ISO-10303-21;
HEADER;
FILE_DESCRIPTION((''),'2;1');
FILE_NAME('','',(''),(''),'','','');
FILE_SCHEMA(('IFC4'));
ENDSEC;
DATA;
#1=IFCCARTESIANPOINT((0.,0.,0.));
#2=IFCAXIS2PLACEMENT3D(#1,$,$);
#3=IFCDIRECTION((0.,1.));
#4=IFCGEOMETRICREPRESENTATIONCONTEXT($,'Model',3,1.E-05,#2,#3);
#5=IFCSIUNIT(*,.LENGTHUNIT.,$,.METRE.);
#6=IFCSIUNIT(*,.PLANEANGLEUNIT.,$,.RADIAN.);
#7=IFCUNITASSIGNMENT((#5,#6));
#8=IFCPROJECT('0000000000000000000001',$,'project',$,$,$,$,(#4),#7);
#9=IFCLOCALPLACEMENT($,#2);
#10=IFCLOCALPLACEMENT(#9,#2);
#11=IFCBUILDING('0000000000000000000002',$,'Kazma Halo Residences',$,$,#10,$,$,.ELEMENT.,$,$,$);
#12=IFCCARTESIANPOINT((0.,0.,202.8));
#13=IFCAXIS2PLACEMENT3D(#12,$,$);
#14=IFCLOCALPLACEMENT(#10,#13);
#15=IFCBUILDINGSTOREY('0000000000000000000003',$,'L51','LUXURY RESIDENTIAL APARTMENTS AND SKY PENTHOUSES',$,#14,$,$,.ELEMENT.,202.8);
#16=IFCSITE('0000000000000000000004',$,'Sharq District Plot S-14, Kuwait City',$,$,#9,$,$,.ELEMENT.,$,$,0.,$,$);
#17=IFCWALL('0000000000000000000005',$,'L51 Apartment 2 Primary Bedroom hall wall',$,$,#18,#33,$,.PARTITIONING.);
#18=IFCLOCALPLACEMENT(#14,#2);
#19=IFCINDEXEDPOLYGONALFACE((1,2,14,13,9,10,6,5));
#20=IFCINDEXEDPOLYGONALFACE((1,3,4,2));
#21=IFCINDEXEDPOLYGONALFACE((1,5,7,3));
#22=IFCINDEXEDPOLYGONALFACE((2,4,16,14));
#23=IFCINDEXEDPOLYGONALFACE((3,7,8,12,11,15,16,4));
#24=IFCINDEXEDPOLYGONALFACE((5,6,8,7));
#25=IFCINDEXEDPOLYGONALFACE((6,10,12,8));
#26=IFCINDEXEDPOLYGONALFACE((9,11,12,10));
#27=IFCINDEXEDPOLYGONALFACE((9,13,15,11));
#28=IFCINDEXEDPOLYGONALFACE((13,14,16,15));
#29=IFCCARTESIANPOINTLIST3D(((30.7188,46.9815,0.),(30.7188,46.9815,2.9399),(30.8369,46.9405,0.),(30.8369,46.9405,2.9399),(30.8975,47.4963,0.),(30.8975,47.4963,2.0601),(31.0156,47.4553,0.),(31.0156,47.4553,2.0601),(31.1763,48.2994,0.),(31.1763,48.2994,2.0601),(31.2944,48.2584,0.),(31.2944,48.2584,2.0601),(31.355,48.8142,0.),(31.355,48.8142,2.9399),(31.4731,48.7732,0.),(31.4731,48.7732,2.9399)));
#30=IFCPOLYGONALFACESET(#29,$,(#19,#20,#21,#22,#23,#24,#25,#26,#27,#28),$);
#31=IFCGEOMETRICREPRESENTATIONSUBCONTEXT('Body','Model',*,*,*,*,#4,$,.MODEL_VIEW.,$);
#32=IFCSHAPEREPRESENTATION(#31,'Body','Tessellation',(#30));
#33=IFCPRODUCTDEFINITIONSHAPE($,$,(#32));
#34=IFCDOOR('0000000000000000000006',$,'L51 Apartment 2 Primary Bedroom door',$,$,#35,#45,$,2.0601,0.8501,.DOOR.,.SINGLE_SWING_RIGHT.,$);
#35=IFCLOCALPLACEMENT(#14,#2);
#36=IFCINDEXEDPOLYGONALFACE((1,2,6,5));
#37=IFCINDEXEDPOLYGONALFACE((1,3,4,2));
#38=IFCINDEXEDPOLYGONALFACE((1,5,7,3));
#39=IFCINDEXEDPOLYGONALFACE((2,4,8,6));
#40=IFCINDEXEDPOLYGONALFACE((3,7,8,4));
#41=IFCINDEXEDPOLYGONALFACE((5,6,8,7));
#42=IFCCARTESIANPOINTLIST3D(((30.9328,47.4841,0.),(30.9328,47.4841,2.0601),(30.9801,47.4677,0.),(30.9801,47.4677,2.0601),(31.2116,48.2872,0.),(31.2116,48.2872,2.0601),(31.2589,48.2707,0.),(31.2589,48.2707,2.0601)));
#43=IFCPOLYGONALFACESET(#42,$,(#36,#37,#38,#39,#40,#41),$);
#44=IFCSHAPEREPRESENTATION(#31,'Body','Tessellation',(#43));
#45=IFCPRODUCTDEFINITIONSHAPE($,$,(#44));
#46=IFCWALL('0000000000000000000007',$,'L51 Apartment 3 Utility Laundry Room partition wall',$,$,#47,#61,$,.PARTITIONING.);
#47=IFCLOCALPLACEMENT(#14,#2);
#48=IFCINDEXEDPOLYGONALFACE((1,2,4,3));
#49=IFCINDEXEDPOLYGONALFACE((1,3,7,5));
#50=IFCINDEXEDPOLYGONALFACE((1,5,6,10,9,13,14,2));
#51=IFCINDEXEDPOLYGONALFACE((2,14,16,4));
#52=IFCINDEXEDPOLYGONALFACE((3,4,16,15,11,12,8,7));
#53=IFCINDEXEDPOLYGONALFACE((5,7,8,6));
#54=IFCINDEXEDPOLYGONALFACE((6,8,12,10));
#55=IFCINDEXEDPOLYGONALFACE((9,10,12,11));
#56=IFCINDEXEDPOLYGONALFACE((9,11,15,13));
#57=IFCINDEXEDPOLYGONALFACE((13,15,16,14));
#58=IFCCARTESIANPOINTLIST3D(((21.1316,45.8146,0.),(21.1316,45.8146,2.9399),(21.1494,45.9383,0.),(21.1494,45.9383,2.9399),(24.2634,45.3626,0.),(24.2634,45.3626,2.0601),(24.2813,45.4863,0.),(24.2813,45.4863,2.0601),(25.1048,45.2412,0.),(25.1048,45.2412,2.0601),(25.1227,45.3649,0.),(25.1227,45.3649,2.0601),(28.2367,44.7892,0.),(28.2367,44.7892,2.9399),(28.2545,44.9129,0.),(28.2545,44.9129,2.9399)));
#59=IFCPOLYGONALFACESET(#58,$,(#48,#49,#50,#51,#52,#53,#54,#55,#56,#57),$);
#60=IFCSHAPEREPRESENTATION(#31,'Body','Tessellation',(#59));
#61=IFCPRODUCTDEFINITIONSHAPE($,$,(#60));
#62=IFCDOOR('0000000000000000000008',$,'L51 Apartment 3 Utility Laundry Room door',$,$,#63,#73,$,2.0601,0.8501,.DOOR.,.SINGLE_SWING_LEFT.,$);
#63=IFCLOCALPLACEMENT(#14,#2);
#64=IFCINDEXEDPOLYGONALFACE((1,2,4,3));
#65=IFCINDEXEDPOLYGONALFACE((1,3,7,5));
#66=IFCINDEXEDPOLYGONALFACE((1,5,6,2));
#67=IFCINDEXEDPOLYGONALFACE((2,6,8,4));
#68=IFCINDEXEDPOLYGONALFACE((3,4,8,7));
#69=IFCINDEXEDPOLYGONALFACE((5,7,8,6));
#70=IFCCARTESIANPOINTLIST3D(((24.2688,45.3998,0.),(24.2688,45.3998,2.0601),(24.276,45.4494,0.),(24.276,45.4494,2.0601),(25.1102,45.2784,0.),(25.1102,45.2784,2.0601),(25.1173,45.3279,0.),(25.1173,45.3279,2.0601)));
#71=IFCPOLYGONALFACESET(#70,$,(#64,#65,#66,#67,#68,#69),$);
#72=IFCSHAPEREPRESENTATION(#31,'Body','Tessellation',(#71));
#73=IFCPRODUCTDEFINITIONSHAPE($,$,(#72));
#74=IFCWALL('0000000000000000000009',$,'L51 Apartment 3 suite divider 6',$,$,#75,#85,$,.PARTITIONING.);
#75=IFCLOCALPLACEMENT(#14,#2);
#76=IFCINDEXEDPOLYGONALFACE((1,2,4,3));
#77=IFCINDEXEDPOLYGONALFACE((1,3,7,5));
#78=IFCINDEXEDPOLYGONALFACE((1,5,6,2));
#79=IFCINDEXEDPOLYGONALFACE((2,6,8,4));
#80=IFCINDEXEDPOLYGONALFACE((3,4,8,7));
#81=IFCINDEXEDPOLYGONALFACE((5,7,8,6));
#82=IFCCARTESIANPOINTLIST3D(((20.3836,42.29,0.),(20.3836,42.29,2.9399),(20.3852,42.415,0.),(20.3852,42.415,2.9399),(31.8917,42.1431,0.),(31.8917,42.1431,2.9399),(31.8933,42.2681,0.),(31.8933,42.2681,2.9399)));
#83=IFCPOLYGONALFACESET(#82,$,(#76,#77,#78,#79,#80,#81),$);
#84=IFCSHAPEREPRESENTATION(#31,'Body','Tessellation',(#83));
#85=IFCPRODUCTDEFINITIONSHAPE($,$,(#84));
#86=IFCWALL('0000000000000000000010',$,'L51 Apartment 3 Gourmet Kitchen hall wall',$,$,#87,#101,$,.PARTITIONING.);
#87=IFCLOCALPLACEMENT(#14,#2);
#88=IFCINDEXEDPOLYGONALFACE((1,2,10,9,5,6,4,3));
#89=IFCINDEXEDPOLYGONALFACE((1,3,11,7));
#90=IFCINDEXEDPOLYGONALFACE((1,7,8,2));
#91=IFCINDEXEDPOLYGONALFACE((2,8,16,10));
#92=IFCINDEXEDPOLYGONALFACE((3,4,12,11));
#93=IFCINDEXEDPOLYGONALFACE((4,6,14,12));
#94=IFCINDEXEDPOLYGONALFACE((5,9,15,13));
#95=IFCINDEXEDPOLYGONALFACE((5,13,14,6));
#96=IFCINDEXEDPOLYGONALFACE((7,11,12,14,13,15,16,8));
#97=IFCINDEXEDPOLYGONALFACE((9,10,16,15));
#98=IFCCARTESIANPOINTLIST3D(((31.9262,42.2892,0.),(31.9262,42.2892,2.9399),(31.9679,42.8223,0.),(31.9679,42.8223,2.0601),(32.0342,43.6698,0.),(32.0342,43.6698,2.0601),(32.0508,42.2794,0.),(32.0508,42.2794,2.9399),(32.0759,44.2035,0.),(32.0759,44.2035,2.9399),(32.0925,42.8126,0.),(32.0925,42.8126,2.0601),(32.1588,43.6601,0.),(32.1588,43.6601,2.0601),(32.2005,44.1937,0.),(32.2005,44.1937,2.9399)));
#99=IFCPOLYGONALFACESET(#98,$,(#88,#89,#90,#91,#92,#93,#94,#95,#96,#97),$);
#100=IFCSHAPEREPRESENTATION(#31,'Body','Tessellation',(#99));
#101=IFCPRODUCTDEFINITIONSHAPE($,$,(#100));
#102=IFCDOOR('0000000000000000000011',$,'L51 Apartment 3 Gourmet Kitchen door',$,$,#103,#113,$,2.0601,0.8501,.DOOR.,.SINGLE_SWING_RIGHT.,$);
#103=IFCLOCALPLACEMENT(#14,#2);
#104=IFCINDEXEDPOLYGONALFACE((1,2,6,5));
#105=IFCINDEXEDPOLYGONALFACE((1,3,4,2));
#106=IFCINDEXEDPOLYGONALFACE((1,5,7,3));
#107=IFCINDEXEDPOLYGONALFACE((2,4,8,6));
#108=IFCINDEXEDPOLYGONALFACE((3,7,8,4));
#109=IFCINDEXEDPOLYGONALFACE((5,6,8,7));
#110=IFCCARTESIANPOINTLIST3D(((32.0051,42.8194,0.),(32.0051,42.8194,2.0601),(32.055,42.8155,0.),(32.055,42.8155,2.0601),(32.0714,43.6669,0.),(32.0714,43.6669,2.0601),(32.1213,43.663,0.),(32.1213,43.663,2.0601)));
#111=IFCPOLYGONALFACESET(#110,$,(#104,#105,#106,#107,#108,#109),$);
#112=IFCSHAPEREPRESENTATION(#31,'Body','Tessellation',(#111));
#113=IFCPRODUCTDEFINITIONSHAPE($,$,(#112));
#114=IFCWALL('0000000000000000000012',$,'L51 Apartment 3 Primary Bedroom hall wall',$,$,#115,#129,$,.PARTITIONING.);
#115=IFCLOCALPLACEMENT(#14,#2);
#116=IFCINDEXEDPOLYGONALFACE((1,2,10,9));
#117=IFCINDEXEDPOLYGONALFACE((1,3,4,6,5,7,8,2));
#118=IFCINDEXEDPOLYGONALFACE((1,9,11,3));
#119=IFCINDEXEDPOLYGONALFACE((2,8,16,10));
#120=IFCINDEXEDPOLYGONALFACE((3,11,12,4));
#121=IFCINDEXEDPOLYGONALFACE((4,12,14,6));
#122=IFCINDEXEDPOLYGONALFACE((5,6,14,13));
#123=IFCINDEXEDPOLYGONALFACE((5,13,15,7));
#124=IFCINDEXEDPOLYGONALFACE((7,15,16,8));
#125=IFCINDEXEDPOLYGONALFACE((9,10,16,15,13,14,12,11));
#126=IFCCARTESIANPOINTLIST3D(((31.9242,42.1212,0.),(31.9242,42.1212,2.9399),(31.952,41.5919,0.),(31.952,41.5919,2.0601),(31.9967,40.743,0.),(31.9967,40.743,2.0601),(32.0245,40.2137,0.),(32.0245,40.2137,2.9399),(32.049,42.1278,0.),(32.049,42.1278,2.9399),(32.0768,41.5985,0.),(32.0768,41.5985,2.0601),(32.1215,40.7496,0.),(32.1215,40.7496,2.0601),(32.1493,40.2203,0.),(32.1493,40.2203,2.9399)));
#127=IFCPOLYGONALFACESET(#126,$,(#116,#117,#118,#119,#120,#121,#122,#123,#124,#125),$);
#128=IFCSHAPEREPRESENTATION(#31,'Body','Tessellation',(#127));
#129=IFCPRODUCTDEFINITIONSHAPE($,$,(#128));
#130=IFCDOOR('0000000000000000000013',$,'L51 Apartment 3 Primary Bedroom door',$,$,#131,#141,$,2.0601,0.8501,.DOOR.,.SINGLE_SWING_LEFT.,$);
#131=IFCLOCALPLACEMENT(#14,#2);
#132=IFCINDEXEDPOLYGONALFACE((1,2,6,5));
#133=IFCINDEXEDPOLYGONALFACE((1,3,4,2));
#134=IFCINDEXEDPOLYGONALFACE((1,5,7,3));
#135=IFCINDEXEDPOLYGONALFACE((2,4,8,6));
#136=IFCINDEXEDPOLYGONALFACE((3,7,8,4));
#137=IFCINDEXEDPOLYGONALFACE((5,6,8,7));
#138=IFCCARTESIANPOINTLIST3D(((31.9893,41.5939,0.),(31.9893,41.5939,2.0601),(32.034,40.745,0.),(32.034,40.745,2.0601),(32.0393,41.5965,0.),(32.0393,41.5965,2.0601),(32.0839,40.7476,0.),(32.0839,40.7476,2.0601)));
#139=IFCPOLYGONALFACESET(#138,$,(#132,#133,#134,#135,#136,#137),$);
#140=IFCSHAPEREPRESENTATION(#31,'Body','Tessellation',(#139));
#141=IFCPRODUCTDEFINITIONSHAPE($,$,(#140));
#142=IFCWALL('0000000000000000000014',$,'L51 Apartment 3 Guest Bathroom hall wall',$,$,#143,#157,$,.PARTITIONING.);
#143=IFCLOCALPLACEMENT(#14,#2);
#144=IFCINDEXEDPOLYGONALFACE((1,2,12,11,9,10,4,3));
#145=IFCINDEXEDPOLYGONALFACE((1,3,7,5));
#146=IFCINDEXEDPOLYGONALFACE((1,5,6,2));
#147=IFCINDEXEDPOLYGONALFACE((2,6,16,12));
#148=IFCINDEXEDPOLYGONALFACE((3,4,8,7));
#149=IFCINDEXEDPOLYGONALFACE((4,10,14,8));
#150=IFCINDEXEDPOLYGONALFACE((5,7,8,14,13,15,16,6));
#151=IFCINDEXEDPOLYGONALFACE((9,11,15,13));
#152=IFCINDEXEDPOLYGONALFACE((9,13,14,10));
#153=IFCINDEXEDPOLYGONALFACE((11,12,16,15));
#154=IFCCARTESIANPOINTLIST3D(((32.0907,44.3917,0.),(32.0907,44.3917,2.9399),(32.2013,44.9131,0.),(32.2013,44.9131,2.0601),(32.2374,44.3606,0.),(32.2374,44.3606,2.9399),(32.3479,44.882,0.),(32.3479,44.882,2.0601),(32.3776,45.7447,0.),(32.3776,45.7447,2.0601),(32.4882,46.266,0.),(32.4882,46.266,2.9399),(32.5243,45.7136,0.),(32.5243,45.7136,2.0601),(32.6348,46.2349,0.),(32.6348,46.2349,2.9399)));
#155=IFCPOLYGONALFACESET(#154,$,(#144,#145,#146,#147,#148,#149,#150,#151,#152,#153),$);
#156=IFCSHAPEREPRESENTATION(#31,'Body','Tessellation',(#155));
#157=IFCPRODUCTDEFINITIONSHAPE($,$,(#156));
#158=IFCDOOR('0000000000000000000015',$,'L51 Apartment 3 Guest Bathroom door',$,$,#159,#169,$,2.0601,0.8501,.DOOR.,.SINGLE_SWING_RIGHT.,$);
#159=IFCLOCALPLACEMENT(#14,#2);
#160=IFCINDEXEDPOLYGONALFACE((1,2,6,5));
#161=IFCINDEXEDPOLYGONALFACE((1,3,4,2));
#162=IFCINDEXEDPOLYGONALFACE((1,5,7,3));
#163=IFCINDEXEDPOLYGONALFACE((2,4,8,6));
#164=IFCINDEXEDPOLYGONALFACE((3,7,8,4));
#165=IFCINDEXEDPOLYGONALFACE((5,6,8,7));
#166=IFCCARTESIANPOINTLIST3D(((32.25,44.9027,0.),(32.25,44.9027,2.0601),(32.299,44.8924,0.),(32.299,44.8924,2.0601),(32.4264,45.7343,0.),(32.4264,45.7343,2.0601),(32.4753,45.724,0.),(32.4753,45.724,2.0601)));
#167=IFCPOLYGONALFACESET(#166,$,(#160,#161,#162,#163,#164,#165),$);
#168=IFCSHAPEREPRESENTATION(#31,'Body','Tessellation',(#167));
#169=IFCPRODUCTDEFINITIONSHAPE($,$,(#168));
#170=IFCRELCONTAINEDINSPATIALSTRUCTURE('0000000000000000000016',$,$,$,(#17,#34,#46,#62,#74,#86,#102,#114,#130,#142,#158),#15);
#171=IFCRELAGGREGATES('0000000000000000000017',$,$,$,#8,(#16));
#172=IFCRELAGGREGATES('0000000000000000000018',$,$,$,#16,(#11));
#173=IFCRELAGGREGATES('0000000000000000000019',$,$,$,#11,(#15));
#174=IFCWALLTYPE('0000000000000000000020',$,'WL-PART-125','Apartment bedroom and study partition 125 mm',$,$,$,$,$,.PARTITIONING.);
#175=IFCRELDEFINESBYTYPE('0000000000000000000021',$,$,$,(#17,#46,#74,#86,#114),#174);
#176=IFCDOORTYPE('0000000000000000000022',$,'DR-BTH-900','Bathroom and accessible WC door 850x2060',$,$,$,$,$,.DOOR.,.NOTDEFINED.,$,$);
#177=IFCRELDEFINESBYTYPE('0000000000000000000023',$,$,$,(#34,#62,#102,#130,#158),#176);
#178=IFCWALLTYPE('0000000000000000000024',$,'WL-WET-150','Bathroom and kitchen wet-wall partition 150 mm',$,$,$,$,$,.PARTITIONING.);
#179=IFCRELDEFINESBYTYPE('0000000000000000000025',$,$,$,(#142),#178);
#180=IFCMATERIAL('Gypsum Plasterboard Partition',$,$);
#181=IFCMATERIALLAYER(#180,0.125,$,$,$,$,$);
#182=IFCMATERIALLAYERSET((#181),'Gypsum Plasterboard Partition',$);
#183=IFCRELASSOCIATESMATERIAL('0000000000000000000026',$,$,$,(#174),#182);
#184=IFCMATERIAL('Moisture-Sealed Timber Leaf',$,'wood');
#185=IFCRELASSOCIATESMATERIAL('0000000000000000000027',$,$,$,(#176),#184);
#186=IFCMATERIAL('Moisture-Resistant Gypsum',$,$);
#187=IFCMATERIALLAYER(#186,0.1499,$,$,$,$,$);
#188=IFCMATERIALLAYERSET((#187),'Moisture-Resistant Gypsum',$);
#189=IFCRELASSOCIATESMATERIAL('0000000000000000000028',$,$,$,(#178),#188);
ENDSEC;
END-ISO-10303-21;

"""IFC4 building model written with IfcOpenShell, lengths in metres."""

from ifc_helpers import new_model, si_unit, direction, frame, frame_2d, origin, place, context, subcontext, project, spatial, rectangle, extrude, material, layer, layer_set, type_object, element, fill, save


model = new_model("IFC4")

# Units and contexts
model_context = context("Model", 3, precision=1e-05, world=origin(), true_north=direction((0.0, 1.0)))
body_context = subcontext(model_context, "Body", "Model", "MODEL_VIEW")
ifc_project = project(units=[si_unit("LENGTHUNIT", "METRE"), si_unit("PLANEANGLEUNIT", "RADIAN")], contexts=[model_context])

# Site, building, storey
site_placement = place(None, origin())
site = spatial("IfcSite", under=ifc_project, at=site_placement, Name="Sharq District Plot S-14, Kuwait City", CompositionType="ELEMENT", RefElevation=0.0)
building_placement = place(site_placement, origin())
building = spatial("IfcBuilding", under=site, at=building_placement, Name="Kazma Halo Residences", CompositionType="ELEMENT")
storey_placement = place(building_placement, frame((0.0, 0.0, 202.8)))
storey = spatial("IfcBuildingStorey", under=building, at=storey_placement, Name="L51", Description="LUXURY RESIDENTIAL APARTMENTS AND SKY PENTHOUSES", CompositionType="ELEMENT", Elevation=202.8)

# Shared definitions
ifc_material_1 = material(Name="Gypsum Plasterboard Partition")
ifc_layer_1 = layer(ifc_material_1, 0.125)
ifc_layer_set_1 = layer_set([ifc_layer_1], Name="Gypsum Plasterboard Partition")
wall_type_1 = type_object("IfcWallType", Name="WL-PART-125", Description="Apartment bedroom and study partition 125 mm", PredefinedType="PARTITIONING", material=ifc_layer_set_1)

# Walls, openings, doors
wall_1_placement = place(storey_placement, frame((31.4141, 48.7937, 0.0), z_axis=(0.0, 0.0, 1.0), x_axis=(-0.327945, -0.944697, 0.0)))
wall_1 = element("IfcWall", 1, at=wall_1_placement, inside=storey, type_object=wall_type_1, Name="L51 Apartment 2 Primary Bedroom hall wall", PredefinedType="PARTITIONING", context=body_context, shape_type="SweptSolid", body=[
    extrude(rectangle(XDim=1.9399, YDim=0.125, at=frame_2d((0.97, 0.0))), origin(), (0.0, 0.0, 1.0), 2.9399),
])
opening_1_placement = place(wall_1_placement, frame((0.5449, 0.0, 0.0)))
opening_1 = element("IfcOpeningElement", 2, at=opening_1_placement, cuts=wall_1, PredefinedType="OPENING", context=body_context, shape_type="SweptSolid", body=[
    extrude(rectangle(XDim=0.8501, YDim=2.0601, at=frame_2d((0.425, 1.03))), frame((0.0, 0.0725, 0.0), z_axis=(0.0, -1.0, 0.0), x_axis=(1.0, 0.0, 0.0)), (0.0, 0.0, 1.0), 0.145),
])
ifc_material_2 = material(Name="Moisture-Sealed Timber Leaf", Category="wood")
door_type = type_object("IfcDoorType", Name="DR-BTH-900", Description="Bathroom and accessible WC door 850x2060", OperationType="NOTDEFINED", PredefinedType="DOOR", material=ifc_material_2)
door_1_placement = place(opening_1_placement, origin())
door_1 = element("IfcDoor", 3, at=door_1_placement, inside=storey, type_object=door_type, Name="L51 Apartment 2 Primary Bedroom door", OperationType="SINGLE_SWING_RIGHT", OverallHeight=2.0601, OverallWidth=0.8501, PredefinedType="DOOR", context=body_context, shape_type="SweptSolid", body=[
    extrude(rectangle(XDim=0.8501, YDim=2.0601, at=frame_2d((0.425, 1.03))), frame((0.0, 0.0249, 0.0), z_axis=(0.0, -1.0, 0.0), x_axis=(1.0, 0.0, 0.0)), (0.0, 0.0, 1.0), 0.05),
])
fill(opening_1, door_1)
wall_2_placement = place(storey_placement, frame((28.2456, 44.8511, 0.0), z_axis=(0.0, 0.0, 1.0), x_axis=(-0.989746, 0.142835, 0.0)))
wall_2 = element("IfcWall", 4, at=wall_2_placement, inside=storey, type_object=wall_type_1, Name="L51 Apartment 3 Utility Laundry Room partition wall", PredefinedType="PARTITIONING", context=body_context, shape_type="SweptSolid", body=[
    extrude(rectangle(XDim=7.1787, YDim=0.125, at=frame_2d((3.5894, 0.0))), origin(), (0.0, 0.0, 1.0), 2.9399),
])
opening_2_placement = place(wall_2_placement, frame((3.1643, 0.0, 0.0)))
opening_2 = element("IfcOpeningElement", 5, at=opening_2_placement, cuts=wall_2, PredefinedType="OPENING", context=body_context, shape_type="SweptSolid", body=[
    extrude(rectangle(XDim=0.8501, YDim=2.0601, at=frame_2d((0.425, 1.03))), frame((0.0, 0.0725, 0.0), z_axis=(0.0, -1.0, 0.0), x_axis=(1.0, 0.0, 0.0)), (0.0, 0.0, 1.0), 0.145),
])
door_2_placement = place(opening_2_placement, origin())
door_2 = element("IfcDoor", 6, at=door_2_placement, inside=storey, type_object=door_type, Name="L51 Apartment 3 Utility Laundry Room door", OperationType="SINGLE_SWING_LEFT", OverallHeight=2.0601, OverallWidth=0.8501, PredefinedType="DOOR", context=body_context, shape_type="SweptSolid", body=[
    extrude(rectangle(XDim=0.8501, YDim=2.0601, at=frame_2d((0.425, 1.03))), frame((0.0, 0.0249, 0.0), z_axis=(0.0, -1.0, 0.0), x_axis=(1.0, 0.0, 0.0)), (0.0, 0.0, 1.0), 0.05),
])
fill(opening_2, door_2)

# Wall
wall_3_placement = place(storey_placement, frame((31.8923, 42.2056, 0.0), z_axis=(0.0, 0.0, 1.0), x_axis=(-0.999918, 0.01277, 0.0)))
element("IfcWall", 7, at=wall_3_placement, inside=storey, type_object=wall_type_1, Name="L51 Apartment 3 suite divider 6", PredefinedType="PARTITIONING", context=body_context, shape_type="SweptSolid", body=[
    extrude(rectangle(XDim=11.509, YDim=0.125, at=frame_2d((5.7544, 0.0))), origin(), (0.0, 0.0, 1.0), 2.9399),
])

# Walls, openings, doors
wall_4_placement = place(storey_placement, frame((32.1382, 44.1985, 0.0), z_axis=(0.0, 0.0, 1.0), x_axis=(-0.077941, -0.996958, 0.0)))
wall_4 = element("IfcWall", 8, at=wall_4_placement, inside=storey, type_object=wall_type_1, Name="L51 Apartment 3 Gourmet Kitchen hall wall", PredefinedType="PARTITIONING", context=body_context, shape_type="SweptSolid", body=[
    extrude(rectangle(XDim=1.9202, YDim=0.125, at=frame_2d((0.96, 0.0))), origin(), (0.0, 0.0, 1.0), 2.9399),
])
opening_3_placement = place(wall_4_placement, frame((0.5352, 0.0, 0.0)))
opening_3 = element("IfcOpeningElement", 9, at=opening_3_placement, cuts=wall_4, PredefinedType="OPENING", context=body_context, shape_type="SweptSolid", body=[
    extrude(rectangle(XDim=0.8501, YDim=2.0601, at=frame_2d((0.425, 1.03))), frame((0.0, 0.0725, 0.0), z_axis=(0.0, -1.0, 0.0), x_axis=(1.0, 0.0, 0.0)), (0.0, 0.0, 1.0), 0.145),
])
door_3_placement = place(opening_3_placement, origin())
door_3 = element("IfcDoor", 10, at=door_3_placement, inside=storey, type_object=door_type, Name="L51 Apartment 3 Gourmet Kitchen door", OperationType="SINGLE_SWING_RIGHT", OverallHeight=2.0601, OverallWidth=0.8501, PredefinedType="DOOR", context=body_context, shape_type="SweptSolid", body=[
    extrude(rectangle(XDim=0.8501, YDim=2.0601, at=frame_2d((0.425, 1.03))), frame((0.0, 0.0249, 0.0), z_axis=(0.0, -1.0, 0.0), x_axis=(1.0, 0.0, 0.0)), (0.0, 0.0, 1.0), 0.05),
])
fill(opening_3, door_3)
wall_5_placement = place(storey_placement, frame((31.9866, 42.1245, 0.0), z_axis=(0.0, 0.0, 1.0), x_axis=(0.052532, -0.998619, 0.0)))
wall_5 = element("IfcWall", 11, at=wall_5_placement, inside=storey, type_object=wall_type_1, Name="L51 Apartment 3 Primary Bedroom hall wall", PredefinedType="PARTITIONING", context=body_context, shape_type="SweptSolid", body=[
    extrude(rectangle(XDim=1.9102, YDim=0.125, at=frame_2d((0.9551, 0.0))), origin(), (0.0, 0.0, 1.0), 2.9399),
])
opening_4_placement = place(wall_5_placement, frame((0.53, 0.0, 0.0)))
opening_4 = element("IfcOpeningElement", 12, at=opening_4_placement, cuts=wall_5, PredefinedType="OPENING", context=body_context, shape_type="SweptSolid", body=[
    extrude(rectangle(XDim=0.8501, YDim=2.0601, at=frame_2d((0.425, 1.03))), frame((0.0, 0.0725, 0.0), z_axis=(0.0, -1.0, 0.0), x_axis=(1.0, 0.0, 0.0)), (0.0, 0.0, 1.0), 0.145),
])
door_4_placement = place(opening_4_placement, origin())
door_4 = element("IfcDoor", 13, at=door_4_placement, inside=storey, type_object=door_type, Name="L51 Apartment 3 Primary Bedroom door", OperationType="SINGLE_SWING_LEFT", OverallHeight=2.0601, OverallWidth=0.8501, PredefinedType="DOOR", context=body_context, shape_type="SweptSolid", body=[
    extrude(rectangle(XDim=0.8501, YDim=2.0601, at=frame_2d((0.425, 1.03))), frame((0.0, 0.0249, 0.0), z_axis=(0.0, -1.0, 0.0), x_axis=(1.0, 0.0, 0.0)), (0.0, 0.0, 1.0), 0.05),
])
fill(opening_4, door_4)
ifc_material_3 = material(Name="Moisture-Resistant Gypsum")
ifc_layer_2 = layer(ifc_material_3, 0.1499)
ifc_layer_set_2 = layer_set([ifc_layer_2], Name="Moisture-Resistant Gypsum")
wall_type_2 = type_object("IfcWallType", Name="WL-WET-150", Description="Bathroom and kitchen wet-wall partition 150 mm", PredefinedType="PARTITIONING", material=ifc_layer_set_2)
wall_6_placement = place(storey_placement, frame((32.5615, 46.2505, 0.0), z_axis=(0.0, 0.0, 1.0), x_axis=(-0.207449, -0.978246, 0.0)))
wall_6 = element("IfcWall", 14, at=wall_6_placement, inside=storey, type_object=wall_type_2, Name="L51 Apartment 3 Guest Bathroom hall wall", PredefinedType="PARTITIONING", context=body_context, shape_type="SweptSolid", body=[
    extrude(rectangle(XDim=1.916, YDim=0.1499, at=frame_2d((0.958, 0.0))), origin(), (0.0, 0.0, 1.0), 2.9399),
])
opening_5_placement = place(wall_6_placement, frame((0.533, 0.0, 0.0)))
opening_5 = element("IfcOpeningElement", 15, at=opening_5_placement, cuts=wall_6, PredefinedType="OPENING", context=body_context, shape_type="SweptSolid", body=[
    extrude(rectangle(XDim=0.8501, YDim=2.0601, at=frame_2d((0.425, 1.03))), frame((0.0, 0.085, 0.0), z_axis=(0.0, -1.0, 0.0), x_axis=(1.0, 0.0, 0.0)), (0.0, 0.0, 1.0), 0.1699),
])
door_5_placement = place(opening_5_placement, origin())
door_5 = element("IfcDoor", 16, at=door_5_placement, inside=storey, type_object=door_type, Name="L51 Apartment 3 Guest Bathroom door", OperationType="SINGLE_SWING_RIGHT", OverallHeight=2.0601, OverallWidth=0.8501, PredefinedType="DOOR", context=body_context, shape_type="SweptSolid", body=[
    extrude(rectangle(XDim=0.8501, YDim=2.0601, at=frame_2d((0.425, 1.03))), frame((0.0, 0.0249, 0.0), z_axis=(0.0, -1.0, 0.0), x_axis=(1.0, 0.0, 0.0)), (0.0, 0.0, 1.0), 0.05),
])
fill(opening_5, door_5)

save(model, "model.ifc")
